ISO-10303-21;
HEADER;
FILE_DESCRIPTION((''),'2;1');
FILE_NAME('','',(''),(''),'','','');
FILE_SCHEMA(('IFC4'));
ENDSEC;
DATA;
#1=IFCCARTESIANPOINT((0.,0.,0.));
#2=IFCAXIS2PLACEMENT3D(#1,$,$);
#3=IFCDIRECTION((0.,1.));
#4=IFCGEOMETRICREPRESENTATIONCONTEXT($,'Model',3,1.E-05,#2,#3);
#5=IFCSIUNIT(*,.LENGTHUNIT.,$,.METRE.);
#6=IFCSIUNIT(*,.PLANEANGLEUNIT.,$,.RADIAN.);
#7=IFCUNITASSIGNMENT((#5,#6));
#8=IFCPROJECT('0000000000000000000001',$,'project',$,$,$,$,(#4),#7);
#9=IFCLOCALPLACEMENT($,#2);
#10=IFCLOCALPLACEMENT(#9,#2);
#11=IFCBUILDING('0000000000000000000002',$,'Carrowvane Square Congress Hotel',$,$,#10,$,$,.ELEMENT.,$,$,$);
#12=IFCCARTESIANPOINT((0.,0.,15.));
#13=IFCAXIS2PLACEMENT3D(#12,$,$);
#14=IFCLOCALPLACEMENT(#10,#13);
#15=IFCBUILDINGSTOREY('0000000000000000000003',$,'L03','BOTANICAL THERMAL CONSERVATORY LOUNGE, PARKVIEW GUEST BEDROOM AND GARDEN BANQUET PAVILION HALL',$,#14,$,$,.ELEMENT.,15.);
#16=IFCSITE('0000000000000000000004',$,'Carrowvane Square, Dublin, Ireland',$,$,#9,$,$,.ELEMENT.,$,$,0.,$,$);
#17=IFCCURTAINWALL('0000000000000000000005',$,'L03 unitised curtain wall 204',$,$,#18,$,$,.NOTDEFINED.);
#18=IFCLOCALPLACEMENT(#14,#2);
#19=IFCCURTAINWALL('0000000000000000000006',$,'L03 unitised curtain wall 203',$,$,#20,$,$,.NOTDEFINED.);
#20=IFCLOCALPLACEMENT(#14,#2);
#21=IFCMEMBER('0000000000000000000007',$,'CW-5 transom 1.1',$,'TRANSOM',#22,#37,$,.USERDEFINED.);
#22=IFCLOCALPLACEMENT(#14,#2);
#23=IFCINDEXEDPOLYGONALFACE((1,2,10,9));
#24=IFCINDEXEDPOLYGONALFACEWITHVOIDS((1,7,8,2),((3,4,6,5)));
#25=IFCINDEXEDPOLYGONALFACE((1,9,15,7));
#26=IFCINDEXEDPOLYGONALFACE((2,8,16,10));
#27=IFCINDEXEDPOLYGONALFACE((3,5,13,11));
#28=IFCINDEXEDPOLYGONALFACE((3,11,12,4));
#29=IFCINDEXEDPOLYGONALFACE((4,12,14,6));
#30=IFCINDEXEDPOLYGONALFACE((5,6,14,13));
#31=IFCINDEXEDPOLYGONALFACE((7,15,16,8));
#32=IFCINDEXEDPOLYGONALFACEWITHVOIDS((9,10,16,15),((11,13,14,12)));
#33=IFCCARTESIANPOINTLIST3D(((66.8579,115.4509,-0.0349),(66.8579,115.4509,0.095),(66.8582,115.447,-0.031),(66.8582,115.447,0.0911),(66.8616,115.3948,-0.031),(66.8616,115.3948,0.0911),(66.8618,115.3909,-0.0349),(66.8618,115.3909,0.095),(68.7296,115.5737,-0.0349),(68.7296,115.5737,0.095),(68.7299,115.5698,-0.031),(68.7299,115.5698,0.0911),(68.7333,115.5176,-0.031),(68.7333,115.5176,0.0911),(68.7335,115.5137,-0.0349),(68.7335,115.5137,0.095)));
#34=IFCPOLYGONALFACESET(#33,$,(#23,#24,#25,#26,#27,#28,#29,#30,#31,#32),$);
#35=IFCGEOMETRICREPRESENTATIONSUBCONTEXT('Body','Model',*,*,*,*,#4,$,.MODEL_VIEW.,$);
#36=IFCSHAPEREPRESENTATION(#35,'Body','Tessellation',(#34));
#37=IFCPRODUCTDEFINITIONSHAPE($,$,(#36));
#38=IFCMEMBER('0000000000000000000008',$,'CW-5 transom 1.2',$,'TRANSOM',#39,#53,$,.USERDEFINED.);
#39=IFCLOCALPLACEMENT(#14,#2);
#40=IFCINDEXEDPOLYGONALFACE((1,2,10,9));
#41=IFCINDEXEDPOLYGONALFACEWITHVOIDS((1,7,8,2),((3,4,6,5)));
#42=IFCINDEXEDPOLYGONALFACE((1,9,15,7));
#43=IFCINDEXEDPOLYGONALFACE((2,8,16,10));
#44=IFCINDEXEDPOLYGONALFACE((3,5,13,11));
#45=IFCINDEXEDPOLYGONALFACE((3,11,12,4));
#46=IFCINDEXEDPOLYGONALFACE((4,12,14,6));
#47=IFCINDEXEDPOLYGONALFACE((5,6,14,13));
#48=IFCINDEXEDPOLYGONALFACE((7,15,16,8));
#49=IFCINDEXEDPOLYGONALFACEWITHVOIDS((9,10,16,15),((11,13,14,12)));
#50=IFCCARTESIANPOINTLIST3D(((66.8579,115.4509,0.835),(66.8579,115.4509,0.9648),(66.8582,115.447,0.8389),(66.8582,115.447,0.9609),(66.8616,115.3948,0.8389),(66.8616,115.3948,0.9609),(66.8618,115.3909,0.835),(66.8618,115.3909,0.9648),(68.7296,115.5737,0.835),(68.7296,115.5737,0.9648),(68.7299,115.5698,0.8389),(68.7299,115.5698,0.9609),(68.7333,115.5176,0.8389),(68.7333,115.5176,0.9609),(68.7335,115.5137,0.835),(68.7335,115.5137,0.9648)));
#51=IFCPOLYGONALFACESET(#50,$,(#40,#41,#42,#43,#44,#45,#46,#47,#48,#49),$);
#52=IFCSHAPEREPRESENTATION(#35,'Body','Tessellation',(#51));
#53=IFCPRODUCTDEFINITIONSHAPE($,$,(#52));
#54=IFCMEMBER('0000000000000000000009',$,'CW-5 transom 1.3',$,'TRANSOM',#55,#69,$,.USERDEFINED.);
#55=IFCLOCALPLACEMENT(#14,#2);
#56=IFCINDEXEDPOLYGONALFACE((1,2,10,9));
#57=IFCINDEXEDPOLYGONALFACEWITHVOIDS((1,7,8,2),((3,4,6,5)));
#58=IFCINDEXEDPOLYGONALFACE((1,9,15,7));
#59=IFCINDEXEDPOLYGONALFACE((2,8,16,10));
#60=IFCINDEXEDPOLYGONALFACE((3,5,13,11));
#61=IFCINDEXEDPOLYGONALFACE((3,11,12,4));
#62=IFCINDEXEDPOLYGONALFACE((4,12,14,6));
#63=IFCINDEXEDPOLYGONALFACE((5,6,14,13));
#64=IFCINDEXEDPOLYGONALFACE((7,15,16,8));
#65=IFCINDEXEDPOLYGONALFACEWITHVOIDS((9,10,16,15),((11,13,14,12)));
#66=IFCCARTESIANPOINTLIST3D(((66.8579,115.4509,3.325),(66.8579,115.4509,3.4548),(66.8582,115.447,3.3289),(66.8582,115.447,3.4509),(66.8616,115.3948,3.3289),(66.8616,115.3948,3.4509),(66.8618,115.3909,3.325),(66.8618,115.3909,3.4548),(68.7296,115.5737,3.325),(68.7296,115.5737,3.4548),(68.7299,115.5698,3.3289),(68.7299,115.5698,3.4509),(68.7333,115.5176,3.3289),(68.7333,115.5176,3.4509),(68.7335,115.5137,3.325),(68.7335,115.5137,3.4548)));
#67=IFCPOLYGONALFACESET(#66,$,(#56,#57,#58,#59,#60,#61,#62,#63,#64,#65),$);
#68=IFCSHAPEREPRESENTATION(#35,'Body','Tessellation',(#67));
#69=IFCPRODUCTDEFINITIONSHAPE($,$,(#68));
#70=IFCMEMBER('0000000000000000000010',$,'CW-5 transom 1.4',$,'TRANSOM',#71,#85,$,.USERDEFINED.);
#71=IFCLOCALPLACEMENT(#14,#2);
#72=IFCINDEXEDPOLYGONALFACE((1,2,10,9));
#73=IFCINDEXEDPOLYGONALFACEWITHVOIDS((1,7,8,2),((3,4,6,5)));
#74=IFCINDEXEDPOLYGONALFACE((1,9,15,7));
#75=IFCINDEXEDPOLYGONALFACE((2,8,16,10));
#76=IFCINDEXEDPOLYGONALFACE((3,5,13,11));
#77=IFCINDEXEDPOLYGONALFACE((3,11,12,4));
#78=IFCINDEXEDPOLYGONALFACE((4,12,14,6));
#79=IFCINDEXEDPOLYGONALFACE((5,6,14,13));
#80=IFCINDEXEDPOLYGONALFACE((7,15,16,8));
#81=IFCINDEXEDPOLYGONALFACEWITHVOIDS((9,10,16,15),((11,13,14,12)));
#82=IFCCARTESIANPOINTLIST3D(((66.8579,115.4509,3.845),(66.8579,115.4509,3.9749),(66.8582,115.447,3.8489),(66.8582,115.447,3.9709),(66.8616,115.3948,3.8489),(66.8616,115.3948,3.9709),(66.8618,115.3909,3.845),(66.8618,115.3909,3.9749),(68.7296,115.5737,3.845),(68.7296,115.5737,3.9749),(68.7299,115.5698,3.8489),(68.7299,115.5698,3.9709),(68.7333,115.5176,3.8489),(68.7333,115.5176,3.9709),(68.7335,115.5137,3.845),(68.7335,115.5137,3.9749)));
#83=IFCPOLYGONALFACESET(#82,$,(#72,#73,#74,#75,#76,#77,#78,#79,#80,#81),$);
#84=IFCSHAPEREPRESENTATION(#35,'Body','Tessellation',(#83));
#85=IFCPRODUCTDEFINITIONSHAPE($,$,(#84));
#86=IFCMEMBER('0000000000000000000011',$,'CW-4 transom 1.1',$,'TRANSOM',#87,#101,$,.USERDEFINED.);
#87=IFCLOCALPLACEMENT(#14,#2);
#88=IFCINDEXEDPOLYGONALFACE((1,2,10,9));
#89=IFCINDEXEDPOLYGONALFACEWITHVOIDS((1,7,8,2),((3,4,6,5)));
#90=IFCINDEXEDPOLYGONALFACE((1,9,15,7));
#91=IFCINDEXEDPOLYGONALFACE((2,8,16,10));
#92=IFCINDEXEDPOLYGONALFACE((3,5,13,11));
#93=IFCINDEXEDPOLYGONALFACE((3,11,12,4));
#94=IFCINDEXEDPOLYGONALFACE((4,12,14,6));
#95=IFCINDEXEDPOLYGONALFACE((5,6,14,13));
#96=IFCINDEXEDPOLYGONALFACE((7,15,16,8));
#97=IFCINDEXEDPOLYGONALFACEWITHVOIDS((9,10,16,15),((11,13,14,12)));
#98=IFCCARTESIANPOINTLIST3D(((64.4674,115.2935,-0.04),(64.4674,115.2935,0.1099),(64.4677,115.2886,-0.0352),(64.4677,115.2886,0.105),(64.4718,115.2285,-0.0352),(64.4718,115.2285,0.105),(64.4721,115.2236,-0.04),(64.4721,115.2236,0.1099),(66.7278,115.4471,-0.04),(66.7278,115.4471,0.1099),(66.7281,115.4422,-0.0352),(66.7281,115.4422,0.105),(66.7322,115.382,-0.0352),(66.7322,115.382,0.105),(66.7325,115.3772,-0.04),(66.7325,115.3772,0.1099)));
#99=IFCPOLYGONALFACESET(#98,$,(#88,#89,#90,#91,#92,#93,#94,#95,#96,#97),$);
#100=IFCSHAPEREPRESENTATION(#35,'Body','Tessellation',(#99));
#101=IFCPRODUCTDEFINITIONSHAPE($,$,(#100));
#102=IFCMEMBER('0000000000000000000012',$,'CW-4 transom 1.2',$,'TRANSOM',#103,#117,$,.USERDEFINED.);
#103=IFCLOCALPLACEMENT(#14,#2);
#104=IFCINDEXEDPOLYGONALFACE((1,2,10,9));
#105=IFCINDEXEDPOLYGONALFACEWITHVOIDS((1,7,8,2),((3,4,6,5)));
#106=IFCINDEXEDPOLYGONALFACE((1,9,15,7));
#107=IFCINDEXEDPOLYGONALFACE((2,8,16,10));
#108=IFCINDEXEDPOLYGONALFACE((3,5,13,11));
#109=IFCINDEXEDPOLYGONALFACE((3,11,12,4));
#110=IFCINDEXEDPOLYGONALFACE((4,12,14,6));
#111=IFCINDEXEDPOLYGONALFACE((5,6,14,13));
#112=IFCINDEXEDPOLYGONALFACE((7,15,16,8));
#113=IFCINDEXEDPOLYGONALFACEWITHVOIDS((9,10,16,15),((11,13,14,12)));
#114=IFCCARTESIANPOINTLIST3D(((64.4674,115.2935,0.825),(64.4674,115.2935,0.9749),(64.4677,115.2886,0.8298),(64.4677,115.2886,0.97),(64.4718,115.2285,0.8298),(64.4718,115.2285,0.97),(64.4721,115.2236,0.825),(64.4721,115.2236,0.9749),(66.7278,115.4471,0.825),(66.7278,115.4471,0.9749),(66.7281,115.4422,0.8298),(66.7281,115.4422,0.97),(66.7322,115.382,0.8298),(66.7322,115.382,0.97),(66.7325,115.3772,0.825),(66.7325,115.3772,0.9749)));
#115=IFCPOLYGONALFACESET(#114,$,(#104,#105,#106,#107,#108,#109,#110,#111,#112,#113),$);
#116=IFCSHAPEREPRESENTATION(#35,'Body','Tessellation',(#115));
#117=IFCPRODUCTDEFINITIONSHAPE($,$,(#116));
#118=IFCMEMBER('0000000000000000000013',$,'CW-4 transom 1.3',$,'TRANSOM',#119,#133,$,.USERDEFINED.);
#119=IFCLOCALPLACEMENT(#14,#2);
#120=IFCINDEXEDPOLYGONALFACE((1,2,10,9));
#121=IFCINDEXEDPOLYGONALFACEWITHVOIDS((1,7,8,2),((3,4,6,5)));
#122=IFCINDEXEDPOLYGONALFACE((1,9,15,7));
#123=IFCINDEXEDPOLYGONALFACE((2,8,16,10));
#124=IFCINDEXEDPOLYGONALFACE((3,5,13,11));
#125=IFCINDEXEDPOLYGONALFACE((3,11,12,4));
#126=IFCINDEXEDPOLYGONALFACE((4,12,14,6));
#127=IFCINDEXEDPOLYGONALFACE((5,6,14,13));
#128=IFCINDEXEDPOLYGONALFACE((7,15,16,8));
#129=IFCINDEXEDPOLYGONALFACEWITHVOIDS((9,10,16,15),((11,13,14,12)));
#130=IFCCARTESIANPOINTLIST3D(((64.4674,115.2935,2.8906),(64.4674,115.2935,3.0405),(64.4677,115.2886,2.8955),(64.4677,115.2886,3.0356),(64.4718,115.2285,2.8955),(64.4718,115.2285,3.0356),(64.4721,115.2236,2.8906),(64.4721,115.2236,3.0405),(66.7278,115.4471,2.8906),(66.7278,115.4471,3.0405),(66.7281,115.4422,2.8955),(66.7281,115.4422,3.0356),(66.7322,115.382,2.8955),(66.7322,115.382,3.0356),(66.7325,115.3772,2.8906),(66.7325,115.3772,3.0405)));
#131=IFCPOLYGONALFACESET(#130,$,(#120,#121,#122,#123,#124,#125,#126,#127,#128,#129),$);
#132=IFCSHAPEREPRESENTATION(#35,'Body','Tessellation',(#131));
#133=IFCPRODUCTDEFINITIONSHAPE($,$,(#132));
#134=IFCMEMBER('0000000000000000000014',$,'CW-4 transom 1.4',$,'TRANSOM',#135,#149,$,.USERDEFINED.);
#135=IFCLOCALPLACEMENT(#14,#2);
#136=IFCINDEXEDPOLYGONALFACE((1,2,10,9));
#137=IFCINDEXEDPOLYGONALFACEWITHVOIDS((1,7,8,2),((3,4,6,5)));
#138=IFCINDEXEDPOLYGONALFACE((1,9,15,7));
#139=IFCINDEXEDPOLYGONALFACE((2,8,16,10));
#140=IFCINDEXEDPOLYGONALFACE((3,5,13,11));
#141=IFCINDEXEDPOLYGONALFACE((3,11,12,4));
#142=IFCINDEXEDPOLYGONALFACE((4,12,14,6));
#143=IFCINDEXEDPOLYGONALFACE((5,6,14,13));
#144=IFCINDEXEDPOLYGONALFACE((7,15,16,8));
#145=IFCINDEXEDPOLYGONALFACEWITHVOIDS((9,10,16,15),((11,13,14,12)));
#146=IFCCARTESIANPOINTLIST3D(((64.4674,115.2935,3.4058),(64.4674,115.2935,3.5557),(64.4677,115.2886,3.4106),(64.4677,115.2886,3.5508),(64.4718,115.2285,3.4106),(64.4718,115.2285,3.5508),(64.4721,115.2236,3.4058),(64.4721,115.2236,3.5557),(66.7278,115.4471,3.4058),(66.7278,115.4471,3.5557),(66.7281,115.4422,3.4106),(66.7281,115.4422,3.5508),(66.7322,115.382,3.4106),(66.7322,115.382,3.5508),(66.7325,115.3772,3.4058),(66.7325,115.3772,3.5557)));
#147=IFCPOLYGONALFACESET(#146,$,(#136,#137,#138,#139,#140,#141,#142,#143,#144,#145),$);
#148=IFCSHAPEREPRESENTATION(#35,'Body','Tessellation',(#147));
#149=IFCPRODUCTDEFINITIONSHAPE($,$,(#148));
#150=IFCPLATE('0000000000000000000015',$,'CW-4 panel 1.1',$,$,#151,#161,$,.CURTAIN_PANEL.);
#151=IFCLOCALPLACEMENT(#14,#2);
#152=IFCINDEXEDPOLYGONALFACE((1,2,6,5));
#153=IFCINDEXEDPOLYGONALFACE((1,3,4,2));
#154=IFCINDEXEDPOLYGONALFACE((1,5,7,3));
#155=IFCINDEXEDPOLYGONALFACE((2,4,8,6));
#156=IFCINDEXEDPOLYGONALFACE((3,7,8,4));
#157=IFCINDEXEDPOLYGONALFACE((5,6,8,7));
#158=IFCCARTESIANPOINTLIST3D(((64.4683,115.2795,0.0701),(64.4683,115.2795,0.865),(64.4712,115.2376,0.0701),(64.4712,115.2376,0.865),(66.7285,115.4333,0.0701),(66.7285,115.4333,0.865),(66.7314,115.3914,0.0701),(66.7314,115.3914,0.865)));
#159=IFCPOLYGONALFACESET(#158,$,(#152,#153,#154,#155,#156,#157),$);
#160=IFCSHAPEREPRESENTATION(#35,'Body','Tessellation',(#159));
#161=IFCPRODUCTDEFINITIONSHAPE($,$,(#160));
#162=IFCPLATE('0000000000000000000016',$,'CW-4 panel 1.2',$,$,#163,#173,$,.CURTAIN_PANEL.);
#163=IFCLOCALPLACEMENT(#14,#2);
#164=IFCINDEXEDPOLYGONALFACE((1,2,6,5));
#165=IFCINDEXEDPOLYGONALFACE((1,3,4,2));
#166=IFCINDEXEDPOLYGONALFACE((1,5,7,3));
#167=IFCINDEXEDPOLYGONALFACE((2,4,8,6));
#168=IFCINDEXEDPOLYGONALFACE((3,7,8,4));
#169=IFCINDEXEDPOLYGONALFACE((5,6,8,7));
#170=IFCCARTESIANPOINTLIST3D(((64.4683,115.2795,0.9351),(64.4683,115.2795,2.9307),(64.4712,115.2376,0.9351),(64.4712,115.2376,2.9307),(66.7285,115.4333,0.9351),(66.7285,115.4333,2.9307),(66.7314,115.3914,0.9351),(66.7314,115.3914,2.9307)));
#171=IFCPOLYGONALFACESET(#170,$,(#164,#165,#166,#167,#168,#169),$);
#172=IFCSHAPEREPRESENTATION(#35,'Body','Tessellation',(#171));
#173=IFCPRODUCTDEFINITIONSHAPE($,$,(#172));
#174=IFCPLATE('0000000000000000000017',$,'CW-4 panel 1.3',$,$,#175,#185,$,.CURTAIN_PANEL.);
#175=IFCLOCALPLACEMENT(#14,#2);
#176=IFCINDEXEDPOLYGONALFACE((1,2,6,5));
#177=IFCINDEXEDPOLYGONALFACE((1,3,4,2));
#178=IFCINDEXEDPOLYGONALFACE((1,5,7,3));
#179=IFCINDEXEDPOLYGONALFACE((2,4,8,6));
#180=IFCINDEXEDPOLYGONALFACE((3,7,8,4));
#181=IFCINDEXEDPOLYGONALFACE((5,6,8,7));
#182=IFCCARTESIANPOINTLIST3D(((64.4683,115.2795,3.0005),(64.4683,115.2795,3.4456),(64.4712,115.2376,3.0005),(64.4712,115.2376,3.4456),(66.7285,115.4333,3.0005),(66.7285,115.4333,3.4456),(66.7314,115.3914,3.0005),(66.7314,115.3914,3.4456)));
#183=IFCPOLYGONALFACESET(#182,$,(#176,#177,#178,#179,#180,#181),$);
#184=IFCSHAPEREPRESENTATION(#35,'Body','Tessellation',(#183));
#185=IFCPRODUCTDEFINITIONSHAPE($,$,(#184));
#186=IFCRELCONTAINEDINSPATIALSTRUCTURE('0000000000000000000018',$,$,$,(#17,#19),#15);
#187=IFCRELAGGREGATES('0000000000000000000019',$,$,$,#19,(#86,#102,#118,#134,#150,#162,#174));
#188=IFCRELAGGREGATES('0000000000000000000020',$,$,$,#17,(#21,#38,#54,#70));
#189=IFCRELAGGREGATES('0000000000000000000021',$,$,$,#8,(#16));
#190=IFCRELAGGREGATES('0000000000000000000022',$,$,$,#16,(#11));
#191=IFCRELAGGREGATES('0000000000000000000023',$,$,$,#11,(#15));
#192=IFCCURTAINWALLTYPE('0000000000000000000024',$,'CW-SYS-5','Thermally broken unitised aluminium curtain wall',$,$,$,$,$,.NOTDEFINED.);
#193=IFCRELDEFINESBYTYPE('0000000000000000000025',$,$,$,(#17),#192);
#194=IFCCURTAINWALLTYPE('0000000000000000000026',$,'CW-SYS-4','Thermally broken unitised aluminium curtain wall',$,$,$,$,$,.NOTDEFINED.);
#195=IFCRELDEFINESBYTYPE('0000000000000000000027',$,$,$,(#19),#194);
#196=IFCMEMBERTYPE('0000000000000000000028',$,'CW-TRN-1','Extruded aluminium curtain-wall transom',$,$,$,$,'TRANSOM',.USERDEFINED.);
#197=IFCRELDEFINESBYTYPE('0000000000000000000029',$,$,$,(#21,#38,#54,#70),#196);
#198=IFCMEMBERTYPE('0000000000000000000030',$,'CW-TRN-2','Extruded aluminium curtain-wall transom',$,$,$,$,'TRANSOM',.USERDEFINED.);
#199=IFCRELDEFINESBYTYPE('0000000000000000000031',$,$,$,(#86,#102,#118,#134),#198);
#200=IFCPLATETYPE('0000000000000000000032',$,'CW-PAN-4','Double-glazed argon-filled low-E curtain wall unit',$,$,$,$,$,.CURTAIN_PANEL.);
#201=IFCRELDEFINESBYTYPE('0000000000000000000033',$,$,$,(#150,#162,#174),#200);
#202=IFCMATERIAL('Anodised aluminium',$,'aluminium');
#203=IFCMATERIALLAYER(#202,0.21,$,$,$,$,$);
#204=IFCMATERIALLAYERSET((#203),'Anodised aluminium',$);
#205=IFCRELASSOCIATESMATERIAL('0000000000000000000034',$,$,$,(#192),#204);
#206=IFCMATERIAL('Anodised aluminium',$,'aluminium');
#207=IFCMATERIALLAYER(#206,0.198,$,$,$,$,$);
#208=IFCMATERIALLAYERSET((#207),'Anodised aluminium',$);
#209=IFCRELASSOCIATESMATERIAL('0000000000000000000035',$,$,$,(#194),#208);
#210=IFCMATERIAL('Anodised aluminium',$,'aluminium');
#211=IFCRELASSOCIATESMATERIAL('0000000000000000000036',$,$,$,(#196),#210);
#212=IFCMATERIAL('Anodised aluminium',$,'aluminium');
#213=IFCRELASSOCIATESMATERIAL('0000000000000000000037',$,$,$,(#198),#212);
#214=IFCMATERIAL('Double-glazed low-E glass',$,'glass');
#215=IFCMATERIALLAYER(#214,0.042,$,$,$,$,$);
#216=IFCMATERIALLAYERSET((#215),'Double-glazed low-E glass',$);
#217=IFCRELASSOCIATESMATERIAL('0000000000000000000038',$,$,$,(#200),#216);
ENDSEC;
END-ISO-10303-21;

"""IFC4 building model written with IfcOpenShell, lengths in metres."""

from ifc_helpers import new_model, si_unit, direction, frame, origin, origin_2d, place, context, subcontext, project, spatial, rectangle, hollow_rectangle, extrude, material, layer, layer_set, material_profile, profile_set, type_object, element, aggregate, save


model = new_model("IFC4")

# Units and contexts
model_context = context("Model", 3, precision=1e-05, world=origin(), true_north=direction((0.0, 1.0)))
body_context = subcontext(model_context, "Body", "Model", "MODEL_VIEW")
ifc_project = project(units=[si_unit("LENGTHUNIT", "METRE"), si_unit("PLANEANGLEUNIT", "RADIAN")], contexts=[model_context])

# Site, building, storey
site_placement = place(None, origin())
site = spatial("IfcSite", under=ifc_project, at=site_placement, Name="Carrowvane Square, Dublin, Ireland", CompositionType="ELEMENT", RefElevation=0.0)
building_placement = place(site_placement, origin())
building = spatial("IfcBuilding", under=site, at=building_placement, Name="Carrowvane Square Congress Hotel", CompositionType="ELEMENT")
storey_placement = place(building_placement, frame((0.0, 0.0, 15.0)))
storey = spatial("IfcBuildingStorey", under=building, at=storey_placement, Name="L03", Description="BOTANICAL THERMAL CONSERVATORY LOUNGE, PARKVIEW GUEST BEDROOM AND GARDEN BANQUET PAVILION HALL", CompositionType="ELEMENT", Elevation=15.0)

# Curtain walls
ifc_material_1 = material(Name="Anodised aluminium", Category="aluminium")
ifc_layer_1 = layer(ifc_material_1, 0.21)
ifc_layer_set_1 = layer_set([ifc_layer_1], Name="Anodised aluminium")
curtain_wall_type_1 = type_object("IfcCurtainWallType", Name="CW-SYS-5", Description="Thermally broken unitised aluminium curtain wall", PredefinedType="NOTDEFINED", material=ifc_layer_set_1)
curtain_wall_1_placement = place(storey_placement, origin())
curtain_wall_1 = element("IfcCurtainWall", 1, at=curtain_wall_1_placement, inside=storey, type_object=curtain_wall_type_1, Name="L03 unitised curtain wall 204", PredefinedType="NOTDEFINED")
ifc_material_2 = material(Name="Anodised aluminium", Category="aluminium")
ifc_layer_2 = layer(ifc_material_2, 0.198)
ifc_layer_set_2 = layer_set([ifc_layer_2], Name="Anodised aluminium")
curtain_wall_type_2 = type_object("IfcCurtainWallType", Name="CW-SYS-4", Description="Thermally broken unitised aluminium curtain wall", PredefinedType="NOTDEFINED", material=ifc_layer_set_2)
curtain_wall_2_placement = place(storey_placement, origin())
curtain_wall_2 = element("IfcCurtainWall", 2, at=curtain_wall_2_placement, inside=storey, type_object=curtain_wall_type_2, Name="L03 unitised curtain wall 203", PredefinedType="NOTDEFINED")

# Members
ifc_material_3 = material(Name="Anodised aluminium", Category="aluminium")
ifc_material_profile_1 = material_profile(ifc_material_3, hollow_rectangle(XDim=0.0601, YDim=0.1299, WallThickness=0.0039, at=origin_2d()), Name="CW-TR 60x130x4")
ifc_profile_set_1 = profile_set([ifc_material_profile_1], Name="Anodised aluminium")
member_type_1 = type_object("IfcMemberType", Name="CW-TRN-1", Description="Extruded aluminium curtain-wall transom", ElementType="TRANSOM", PredefinedType="USERDEFINED", material=ifc_profile_set_1)
member_1_placement = place(storey_placement, frame((66.8599, 115.4209, 0.03), z_axis=(0.997855, 0.065465, 0.0), x_axis=(-0.065465, 0.997855, 0.0)))
member_1 = element("IfcMember", 3, at=member_1_placement, type_object=member_type_1, Name="CW-5 transom 1.1", ObjectType="TRANSOM", PredefinedType="USERDEFINED", context=body_context, shape_type="SweptSolid", body=[
    extrude(hollow_rectangle(XDim=0.0601, YDim=0.1299, WallThickness=0.0039, at=origin_2d()), origin(), (0.0, 0.0, 1.0), 1.8757),
])
member_2_placement = place(storey_placement, frame((66.8599, 115.4209, 0.8999), z_axis=(0.997855, 0.065465, 0.0), x_axis=(-0.065465, 0.997855, 0.0)))
member_2 = element("IfcMember", 4, at=member_2_placement, type_object=member_type_1, Name="CW-5 transom 1.2", ObjectType="TRANSOM", PredefinedType="USERDEFINED", context=body_context, shape_type="SweptSolid", body=[
    extrude(hollow_rectangle(XDim=0.0601, YDim=0.1299, WallThickness=0.0039, at=origin_2d()), origin(), (0.0, 0.0, 1.0), 1.8757),
])
member_3_placement = place(storey_placement, frame((66.8599, 115.4209, 3.3899), z_axis=(0.997855, 0.065465, 0.0), x_axis=(-0.065465, 0.997855, 0.0)))
member_3 = element("IfcMember", 5, at=member_3_placement, type_object=member_type_1, Name="CW-5 transom 1.3", ObjectType="TRANSOM", PredefinedType="USERDEFINED", context=body_context, shape_type="SweptSolid", body=[
    extrude(hollow_rectangle(XDim=0.0601, YDim=0.1299, WallThickness=0.0039, at=origin_2d()), origin(), (0.0, 0.0, 1.0), 1.8757),
])
member_4_placement = place(storey_placement, frame((66.8599, 115.4209, 3.9099), z_axis=(0.997855, 0.065465, 0.0), x_axis=(-0.065465, 0.997855, 0.0)))
member_4 = element("IfcMember", 6, at=member_4_placement, type_object=member_type_1, Name="CW-5 transom 1.4", ObjectType="TRANSOM", PredefinedType="USERDEFINED", context=body_context, shape_type="SweptSolid", body=[
    extrude(hollow_rectangle(XDim=0.0601, YDim=0.1299, WallThickness=0.0039, at=origin_2d()), origin(), (0.0, 0.0, 1.0), 1.8757),
])
ifc_material_4 = material(Name="Anodised aluminium", Category="aluminium")
ifc_material_profile_2 = material_profile(ifc_material_4, hollow_rectangle(XDim=0.0701, YDim=0.1499, WallThickness=0.0049, at=origin_2d()), Name="CW-TR 70x150x5")
ifc_profile_set_2 = profile_set([ifc_material_profile_2], Name="Anodised aluminium")
member_type_2 = type_object("IfcMemberType", Name="CW-TRN-2", Description="Extruded aluminium curtain-wall transom", ElementType="TRANSOM", PredefinedType="USERDEFINED", material=ifc_profile_set_2)
member_5_placement = place(storey_placement, frame((64.4697, 115.2585, 0.0349), z_axis=(0.9977, 0.067778, 0.0), x_axis=(-0.067778, 0.9977, 0.0)))
member_5 = element("IfcMember", 7, at=member_5_placement, type_object=member_type_2, Name="CW-4 transom 1.1", ObjectType="TRANSOM", PredefinedType="USERDEFINED", context=body_context, shape_type="SweptSolid", body=[
    extrude(hollow_rectangle(XDim=0.0701, YDim=0.1499, WallThickness=0.0049, at=origin_2d()), origin(), (0.0, 0.0, 1.0), 2.2656),
])
member_6_placement = place(storey_placement, frame((64.4697, 115.2585, 0.8999), z_axis=(0.9977, 0.067778, 0.0), x_axis=(-0.067778, 0.9977, 0.0)))
member_6 = element("IfcMember", 8, at=member_6_placement, type_object=member_type_2, Name="CW-4 transom 1.2", ObjectType="TRANSOM", PredefinedType="USERDEFINED", context=body_context, shape_type="SweptSolid", body=[
    extrude(hollow_rectangle(XDim=0.0701, YDim=0.1499, WallThickness=0.0049, at=origin_2d()), origin(), (0.0, 0.0, 1.0), 2.2656),
])
member_7_placement = place(storey_placement, frame((64.4697, 115.2585, 2.9656), z_axis=(0.9977, 0.067778, 0.0), x_axis=(-0.067778, 0.9977, 0.0)))
member_7 = element("IfcMember", 9, at=member_7_placement, type_object=member_type_2, Name="CW-4 transom 1.3", ObjectType="TRANSOM", PredefinedType="USERDEFINED", context=body_context, shape_type="SweptSolid", body=[
    extrude(hollow_rectangle(XDim=0.0701, YDim=0.1499, WallThickness=0.0049, at=origin_2d()), origin(), (0.0, 0.0, 1.0), 2.2656),
])
member_8_placement = place(storey_placement, frame((64.4697, 115.2585, 3.4807), z_axis=(0.9977, 0.067778, 0.0), x_axis=(-0.067778, 0.9977, 0.0)))
member_8 = element("IfcMember", 10, at=member_8_placement, type_object=member_type_2, Name="CW-4 transom 1.4", ObjectType="TRANSOM", PredefinedType="USERDEFINED", context=body_context, shape_type="SweptSolid", body=[
    extrude(hollow_rectangle(XDim=0.0701, YDim=0.1499, WallThickness=0.0049, at=origin_2d()), origin(), (0.0, 0.0, 1.0), 2.2656),
])

# Plates
ifc_material_5 = material(Name="Double-glazed low-E glass", Category="glass")
ifc_layer_3 = layer(ifc_material_5, 0.042)
ifc_layer_set_3 = layer_set([ifc_layer_3], Name="Double-glazed low-E glass")
plate_type_1 = type_object("IfcPlateType", Name="CW-PAN-4", Description="Double-glazed argon-filled low-E curtain wall unit", PredefinedType="CURTAIN_PANEL", material=ifc_layer_set_3)
plate_1_placement = place(storey_placement, frame((65.5999, 115.3354, 0.0701), z_axis=(0.0, 0.0, 1.0), x_axis=(0.997694, 0.067865, 0.0)))
plate_1 = element("IfcPlate", 11, at=plate_1_placement, type_object=plate_type_1, Name="CW-4 panel 1.1", PredefinedType="CURTAIN_PANEL", context=body_context, shape_type="SweptSolid", body=[
    extrude(rectangle(XDim=2.2654, YDim=0.042, at=origin_2d()), origin(), (0.0, 0.0, 1.0), 0.7949),
])
plate_2_placement = place(storey_placement, frame((65.5999, 115.3354, 0.9351), z_axis=(0.0, 0.0, 1.0), x_axis=(0.997694, 0.067865, 0.0)))
plate_2 = element("IfcPlate", 12, at=plate_2_placement, type_object=plate_type_1, Name="CW-4 panel 1.2", PredefinedType="CURTAIN_PANEL", context=body_context, shape_type="SweptSolid", body=[
    extrude(rectangle(XDim=2.2654, YDim=0.042, at=origin_2d()), origin(), (0.0, 0.0, 1.0), 1.9956),
])
plate_3_placement = place(storey_placement, frame((65.5999, 115.3354, 3.0005), z_axis=(0.0, 0.0, 1.0), x_axis=(0.997694, 0.067865, 0.0)))
plate_3 = element("IfcPlate", 13, at=plate_3_placement, type_object=plate_type_1, Name="CW-4 panel 1.3", PredefinedType="CURTAIN_PANEL", context=body_context, shape_type="SweptSolid", body=[
    extrude(rectangle(XDim=2.2654, YDim=0.042, at=origin_2d()), origin(), (0.0, 0.0, 1.0), 0.4451),
])
aggregate(curtain_wall_2, [member_5, member_6, member_7, member_8, plate_1, plate_2, plate_3])
aggregate(curtain_wall_1, [member_1, member_2, member_3, member_4])

save(model, "model.ifc")
